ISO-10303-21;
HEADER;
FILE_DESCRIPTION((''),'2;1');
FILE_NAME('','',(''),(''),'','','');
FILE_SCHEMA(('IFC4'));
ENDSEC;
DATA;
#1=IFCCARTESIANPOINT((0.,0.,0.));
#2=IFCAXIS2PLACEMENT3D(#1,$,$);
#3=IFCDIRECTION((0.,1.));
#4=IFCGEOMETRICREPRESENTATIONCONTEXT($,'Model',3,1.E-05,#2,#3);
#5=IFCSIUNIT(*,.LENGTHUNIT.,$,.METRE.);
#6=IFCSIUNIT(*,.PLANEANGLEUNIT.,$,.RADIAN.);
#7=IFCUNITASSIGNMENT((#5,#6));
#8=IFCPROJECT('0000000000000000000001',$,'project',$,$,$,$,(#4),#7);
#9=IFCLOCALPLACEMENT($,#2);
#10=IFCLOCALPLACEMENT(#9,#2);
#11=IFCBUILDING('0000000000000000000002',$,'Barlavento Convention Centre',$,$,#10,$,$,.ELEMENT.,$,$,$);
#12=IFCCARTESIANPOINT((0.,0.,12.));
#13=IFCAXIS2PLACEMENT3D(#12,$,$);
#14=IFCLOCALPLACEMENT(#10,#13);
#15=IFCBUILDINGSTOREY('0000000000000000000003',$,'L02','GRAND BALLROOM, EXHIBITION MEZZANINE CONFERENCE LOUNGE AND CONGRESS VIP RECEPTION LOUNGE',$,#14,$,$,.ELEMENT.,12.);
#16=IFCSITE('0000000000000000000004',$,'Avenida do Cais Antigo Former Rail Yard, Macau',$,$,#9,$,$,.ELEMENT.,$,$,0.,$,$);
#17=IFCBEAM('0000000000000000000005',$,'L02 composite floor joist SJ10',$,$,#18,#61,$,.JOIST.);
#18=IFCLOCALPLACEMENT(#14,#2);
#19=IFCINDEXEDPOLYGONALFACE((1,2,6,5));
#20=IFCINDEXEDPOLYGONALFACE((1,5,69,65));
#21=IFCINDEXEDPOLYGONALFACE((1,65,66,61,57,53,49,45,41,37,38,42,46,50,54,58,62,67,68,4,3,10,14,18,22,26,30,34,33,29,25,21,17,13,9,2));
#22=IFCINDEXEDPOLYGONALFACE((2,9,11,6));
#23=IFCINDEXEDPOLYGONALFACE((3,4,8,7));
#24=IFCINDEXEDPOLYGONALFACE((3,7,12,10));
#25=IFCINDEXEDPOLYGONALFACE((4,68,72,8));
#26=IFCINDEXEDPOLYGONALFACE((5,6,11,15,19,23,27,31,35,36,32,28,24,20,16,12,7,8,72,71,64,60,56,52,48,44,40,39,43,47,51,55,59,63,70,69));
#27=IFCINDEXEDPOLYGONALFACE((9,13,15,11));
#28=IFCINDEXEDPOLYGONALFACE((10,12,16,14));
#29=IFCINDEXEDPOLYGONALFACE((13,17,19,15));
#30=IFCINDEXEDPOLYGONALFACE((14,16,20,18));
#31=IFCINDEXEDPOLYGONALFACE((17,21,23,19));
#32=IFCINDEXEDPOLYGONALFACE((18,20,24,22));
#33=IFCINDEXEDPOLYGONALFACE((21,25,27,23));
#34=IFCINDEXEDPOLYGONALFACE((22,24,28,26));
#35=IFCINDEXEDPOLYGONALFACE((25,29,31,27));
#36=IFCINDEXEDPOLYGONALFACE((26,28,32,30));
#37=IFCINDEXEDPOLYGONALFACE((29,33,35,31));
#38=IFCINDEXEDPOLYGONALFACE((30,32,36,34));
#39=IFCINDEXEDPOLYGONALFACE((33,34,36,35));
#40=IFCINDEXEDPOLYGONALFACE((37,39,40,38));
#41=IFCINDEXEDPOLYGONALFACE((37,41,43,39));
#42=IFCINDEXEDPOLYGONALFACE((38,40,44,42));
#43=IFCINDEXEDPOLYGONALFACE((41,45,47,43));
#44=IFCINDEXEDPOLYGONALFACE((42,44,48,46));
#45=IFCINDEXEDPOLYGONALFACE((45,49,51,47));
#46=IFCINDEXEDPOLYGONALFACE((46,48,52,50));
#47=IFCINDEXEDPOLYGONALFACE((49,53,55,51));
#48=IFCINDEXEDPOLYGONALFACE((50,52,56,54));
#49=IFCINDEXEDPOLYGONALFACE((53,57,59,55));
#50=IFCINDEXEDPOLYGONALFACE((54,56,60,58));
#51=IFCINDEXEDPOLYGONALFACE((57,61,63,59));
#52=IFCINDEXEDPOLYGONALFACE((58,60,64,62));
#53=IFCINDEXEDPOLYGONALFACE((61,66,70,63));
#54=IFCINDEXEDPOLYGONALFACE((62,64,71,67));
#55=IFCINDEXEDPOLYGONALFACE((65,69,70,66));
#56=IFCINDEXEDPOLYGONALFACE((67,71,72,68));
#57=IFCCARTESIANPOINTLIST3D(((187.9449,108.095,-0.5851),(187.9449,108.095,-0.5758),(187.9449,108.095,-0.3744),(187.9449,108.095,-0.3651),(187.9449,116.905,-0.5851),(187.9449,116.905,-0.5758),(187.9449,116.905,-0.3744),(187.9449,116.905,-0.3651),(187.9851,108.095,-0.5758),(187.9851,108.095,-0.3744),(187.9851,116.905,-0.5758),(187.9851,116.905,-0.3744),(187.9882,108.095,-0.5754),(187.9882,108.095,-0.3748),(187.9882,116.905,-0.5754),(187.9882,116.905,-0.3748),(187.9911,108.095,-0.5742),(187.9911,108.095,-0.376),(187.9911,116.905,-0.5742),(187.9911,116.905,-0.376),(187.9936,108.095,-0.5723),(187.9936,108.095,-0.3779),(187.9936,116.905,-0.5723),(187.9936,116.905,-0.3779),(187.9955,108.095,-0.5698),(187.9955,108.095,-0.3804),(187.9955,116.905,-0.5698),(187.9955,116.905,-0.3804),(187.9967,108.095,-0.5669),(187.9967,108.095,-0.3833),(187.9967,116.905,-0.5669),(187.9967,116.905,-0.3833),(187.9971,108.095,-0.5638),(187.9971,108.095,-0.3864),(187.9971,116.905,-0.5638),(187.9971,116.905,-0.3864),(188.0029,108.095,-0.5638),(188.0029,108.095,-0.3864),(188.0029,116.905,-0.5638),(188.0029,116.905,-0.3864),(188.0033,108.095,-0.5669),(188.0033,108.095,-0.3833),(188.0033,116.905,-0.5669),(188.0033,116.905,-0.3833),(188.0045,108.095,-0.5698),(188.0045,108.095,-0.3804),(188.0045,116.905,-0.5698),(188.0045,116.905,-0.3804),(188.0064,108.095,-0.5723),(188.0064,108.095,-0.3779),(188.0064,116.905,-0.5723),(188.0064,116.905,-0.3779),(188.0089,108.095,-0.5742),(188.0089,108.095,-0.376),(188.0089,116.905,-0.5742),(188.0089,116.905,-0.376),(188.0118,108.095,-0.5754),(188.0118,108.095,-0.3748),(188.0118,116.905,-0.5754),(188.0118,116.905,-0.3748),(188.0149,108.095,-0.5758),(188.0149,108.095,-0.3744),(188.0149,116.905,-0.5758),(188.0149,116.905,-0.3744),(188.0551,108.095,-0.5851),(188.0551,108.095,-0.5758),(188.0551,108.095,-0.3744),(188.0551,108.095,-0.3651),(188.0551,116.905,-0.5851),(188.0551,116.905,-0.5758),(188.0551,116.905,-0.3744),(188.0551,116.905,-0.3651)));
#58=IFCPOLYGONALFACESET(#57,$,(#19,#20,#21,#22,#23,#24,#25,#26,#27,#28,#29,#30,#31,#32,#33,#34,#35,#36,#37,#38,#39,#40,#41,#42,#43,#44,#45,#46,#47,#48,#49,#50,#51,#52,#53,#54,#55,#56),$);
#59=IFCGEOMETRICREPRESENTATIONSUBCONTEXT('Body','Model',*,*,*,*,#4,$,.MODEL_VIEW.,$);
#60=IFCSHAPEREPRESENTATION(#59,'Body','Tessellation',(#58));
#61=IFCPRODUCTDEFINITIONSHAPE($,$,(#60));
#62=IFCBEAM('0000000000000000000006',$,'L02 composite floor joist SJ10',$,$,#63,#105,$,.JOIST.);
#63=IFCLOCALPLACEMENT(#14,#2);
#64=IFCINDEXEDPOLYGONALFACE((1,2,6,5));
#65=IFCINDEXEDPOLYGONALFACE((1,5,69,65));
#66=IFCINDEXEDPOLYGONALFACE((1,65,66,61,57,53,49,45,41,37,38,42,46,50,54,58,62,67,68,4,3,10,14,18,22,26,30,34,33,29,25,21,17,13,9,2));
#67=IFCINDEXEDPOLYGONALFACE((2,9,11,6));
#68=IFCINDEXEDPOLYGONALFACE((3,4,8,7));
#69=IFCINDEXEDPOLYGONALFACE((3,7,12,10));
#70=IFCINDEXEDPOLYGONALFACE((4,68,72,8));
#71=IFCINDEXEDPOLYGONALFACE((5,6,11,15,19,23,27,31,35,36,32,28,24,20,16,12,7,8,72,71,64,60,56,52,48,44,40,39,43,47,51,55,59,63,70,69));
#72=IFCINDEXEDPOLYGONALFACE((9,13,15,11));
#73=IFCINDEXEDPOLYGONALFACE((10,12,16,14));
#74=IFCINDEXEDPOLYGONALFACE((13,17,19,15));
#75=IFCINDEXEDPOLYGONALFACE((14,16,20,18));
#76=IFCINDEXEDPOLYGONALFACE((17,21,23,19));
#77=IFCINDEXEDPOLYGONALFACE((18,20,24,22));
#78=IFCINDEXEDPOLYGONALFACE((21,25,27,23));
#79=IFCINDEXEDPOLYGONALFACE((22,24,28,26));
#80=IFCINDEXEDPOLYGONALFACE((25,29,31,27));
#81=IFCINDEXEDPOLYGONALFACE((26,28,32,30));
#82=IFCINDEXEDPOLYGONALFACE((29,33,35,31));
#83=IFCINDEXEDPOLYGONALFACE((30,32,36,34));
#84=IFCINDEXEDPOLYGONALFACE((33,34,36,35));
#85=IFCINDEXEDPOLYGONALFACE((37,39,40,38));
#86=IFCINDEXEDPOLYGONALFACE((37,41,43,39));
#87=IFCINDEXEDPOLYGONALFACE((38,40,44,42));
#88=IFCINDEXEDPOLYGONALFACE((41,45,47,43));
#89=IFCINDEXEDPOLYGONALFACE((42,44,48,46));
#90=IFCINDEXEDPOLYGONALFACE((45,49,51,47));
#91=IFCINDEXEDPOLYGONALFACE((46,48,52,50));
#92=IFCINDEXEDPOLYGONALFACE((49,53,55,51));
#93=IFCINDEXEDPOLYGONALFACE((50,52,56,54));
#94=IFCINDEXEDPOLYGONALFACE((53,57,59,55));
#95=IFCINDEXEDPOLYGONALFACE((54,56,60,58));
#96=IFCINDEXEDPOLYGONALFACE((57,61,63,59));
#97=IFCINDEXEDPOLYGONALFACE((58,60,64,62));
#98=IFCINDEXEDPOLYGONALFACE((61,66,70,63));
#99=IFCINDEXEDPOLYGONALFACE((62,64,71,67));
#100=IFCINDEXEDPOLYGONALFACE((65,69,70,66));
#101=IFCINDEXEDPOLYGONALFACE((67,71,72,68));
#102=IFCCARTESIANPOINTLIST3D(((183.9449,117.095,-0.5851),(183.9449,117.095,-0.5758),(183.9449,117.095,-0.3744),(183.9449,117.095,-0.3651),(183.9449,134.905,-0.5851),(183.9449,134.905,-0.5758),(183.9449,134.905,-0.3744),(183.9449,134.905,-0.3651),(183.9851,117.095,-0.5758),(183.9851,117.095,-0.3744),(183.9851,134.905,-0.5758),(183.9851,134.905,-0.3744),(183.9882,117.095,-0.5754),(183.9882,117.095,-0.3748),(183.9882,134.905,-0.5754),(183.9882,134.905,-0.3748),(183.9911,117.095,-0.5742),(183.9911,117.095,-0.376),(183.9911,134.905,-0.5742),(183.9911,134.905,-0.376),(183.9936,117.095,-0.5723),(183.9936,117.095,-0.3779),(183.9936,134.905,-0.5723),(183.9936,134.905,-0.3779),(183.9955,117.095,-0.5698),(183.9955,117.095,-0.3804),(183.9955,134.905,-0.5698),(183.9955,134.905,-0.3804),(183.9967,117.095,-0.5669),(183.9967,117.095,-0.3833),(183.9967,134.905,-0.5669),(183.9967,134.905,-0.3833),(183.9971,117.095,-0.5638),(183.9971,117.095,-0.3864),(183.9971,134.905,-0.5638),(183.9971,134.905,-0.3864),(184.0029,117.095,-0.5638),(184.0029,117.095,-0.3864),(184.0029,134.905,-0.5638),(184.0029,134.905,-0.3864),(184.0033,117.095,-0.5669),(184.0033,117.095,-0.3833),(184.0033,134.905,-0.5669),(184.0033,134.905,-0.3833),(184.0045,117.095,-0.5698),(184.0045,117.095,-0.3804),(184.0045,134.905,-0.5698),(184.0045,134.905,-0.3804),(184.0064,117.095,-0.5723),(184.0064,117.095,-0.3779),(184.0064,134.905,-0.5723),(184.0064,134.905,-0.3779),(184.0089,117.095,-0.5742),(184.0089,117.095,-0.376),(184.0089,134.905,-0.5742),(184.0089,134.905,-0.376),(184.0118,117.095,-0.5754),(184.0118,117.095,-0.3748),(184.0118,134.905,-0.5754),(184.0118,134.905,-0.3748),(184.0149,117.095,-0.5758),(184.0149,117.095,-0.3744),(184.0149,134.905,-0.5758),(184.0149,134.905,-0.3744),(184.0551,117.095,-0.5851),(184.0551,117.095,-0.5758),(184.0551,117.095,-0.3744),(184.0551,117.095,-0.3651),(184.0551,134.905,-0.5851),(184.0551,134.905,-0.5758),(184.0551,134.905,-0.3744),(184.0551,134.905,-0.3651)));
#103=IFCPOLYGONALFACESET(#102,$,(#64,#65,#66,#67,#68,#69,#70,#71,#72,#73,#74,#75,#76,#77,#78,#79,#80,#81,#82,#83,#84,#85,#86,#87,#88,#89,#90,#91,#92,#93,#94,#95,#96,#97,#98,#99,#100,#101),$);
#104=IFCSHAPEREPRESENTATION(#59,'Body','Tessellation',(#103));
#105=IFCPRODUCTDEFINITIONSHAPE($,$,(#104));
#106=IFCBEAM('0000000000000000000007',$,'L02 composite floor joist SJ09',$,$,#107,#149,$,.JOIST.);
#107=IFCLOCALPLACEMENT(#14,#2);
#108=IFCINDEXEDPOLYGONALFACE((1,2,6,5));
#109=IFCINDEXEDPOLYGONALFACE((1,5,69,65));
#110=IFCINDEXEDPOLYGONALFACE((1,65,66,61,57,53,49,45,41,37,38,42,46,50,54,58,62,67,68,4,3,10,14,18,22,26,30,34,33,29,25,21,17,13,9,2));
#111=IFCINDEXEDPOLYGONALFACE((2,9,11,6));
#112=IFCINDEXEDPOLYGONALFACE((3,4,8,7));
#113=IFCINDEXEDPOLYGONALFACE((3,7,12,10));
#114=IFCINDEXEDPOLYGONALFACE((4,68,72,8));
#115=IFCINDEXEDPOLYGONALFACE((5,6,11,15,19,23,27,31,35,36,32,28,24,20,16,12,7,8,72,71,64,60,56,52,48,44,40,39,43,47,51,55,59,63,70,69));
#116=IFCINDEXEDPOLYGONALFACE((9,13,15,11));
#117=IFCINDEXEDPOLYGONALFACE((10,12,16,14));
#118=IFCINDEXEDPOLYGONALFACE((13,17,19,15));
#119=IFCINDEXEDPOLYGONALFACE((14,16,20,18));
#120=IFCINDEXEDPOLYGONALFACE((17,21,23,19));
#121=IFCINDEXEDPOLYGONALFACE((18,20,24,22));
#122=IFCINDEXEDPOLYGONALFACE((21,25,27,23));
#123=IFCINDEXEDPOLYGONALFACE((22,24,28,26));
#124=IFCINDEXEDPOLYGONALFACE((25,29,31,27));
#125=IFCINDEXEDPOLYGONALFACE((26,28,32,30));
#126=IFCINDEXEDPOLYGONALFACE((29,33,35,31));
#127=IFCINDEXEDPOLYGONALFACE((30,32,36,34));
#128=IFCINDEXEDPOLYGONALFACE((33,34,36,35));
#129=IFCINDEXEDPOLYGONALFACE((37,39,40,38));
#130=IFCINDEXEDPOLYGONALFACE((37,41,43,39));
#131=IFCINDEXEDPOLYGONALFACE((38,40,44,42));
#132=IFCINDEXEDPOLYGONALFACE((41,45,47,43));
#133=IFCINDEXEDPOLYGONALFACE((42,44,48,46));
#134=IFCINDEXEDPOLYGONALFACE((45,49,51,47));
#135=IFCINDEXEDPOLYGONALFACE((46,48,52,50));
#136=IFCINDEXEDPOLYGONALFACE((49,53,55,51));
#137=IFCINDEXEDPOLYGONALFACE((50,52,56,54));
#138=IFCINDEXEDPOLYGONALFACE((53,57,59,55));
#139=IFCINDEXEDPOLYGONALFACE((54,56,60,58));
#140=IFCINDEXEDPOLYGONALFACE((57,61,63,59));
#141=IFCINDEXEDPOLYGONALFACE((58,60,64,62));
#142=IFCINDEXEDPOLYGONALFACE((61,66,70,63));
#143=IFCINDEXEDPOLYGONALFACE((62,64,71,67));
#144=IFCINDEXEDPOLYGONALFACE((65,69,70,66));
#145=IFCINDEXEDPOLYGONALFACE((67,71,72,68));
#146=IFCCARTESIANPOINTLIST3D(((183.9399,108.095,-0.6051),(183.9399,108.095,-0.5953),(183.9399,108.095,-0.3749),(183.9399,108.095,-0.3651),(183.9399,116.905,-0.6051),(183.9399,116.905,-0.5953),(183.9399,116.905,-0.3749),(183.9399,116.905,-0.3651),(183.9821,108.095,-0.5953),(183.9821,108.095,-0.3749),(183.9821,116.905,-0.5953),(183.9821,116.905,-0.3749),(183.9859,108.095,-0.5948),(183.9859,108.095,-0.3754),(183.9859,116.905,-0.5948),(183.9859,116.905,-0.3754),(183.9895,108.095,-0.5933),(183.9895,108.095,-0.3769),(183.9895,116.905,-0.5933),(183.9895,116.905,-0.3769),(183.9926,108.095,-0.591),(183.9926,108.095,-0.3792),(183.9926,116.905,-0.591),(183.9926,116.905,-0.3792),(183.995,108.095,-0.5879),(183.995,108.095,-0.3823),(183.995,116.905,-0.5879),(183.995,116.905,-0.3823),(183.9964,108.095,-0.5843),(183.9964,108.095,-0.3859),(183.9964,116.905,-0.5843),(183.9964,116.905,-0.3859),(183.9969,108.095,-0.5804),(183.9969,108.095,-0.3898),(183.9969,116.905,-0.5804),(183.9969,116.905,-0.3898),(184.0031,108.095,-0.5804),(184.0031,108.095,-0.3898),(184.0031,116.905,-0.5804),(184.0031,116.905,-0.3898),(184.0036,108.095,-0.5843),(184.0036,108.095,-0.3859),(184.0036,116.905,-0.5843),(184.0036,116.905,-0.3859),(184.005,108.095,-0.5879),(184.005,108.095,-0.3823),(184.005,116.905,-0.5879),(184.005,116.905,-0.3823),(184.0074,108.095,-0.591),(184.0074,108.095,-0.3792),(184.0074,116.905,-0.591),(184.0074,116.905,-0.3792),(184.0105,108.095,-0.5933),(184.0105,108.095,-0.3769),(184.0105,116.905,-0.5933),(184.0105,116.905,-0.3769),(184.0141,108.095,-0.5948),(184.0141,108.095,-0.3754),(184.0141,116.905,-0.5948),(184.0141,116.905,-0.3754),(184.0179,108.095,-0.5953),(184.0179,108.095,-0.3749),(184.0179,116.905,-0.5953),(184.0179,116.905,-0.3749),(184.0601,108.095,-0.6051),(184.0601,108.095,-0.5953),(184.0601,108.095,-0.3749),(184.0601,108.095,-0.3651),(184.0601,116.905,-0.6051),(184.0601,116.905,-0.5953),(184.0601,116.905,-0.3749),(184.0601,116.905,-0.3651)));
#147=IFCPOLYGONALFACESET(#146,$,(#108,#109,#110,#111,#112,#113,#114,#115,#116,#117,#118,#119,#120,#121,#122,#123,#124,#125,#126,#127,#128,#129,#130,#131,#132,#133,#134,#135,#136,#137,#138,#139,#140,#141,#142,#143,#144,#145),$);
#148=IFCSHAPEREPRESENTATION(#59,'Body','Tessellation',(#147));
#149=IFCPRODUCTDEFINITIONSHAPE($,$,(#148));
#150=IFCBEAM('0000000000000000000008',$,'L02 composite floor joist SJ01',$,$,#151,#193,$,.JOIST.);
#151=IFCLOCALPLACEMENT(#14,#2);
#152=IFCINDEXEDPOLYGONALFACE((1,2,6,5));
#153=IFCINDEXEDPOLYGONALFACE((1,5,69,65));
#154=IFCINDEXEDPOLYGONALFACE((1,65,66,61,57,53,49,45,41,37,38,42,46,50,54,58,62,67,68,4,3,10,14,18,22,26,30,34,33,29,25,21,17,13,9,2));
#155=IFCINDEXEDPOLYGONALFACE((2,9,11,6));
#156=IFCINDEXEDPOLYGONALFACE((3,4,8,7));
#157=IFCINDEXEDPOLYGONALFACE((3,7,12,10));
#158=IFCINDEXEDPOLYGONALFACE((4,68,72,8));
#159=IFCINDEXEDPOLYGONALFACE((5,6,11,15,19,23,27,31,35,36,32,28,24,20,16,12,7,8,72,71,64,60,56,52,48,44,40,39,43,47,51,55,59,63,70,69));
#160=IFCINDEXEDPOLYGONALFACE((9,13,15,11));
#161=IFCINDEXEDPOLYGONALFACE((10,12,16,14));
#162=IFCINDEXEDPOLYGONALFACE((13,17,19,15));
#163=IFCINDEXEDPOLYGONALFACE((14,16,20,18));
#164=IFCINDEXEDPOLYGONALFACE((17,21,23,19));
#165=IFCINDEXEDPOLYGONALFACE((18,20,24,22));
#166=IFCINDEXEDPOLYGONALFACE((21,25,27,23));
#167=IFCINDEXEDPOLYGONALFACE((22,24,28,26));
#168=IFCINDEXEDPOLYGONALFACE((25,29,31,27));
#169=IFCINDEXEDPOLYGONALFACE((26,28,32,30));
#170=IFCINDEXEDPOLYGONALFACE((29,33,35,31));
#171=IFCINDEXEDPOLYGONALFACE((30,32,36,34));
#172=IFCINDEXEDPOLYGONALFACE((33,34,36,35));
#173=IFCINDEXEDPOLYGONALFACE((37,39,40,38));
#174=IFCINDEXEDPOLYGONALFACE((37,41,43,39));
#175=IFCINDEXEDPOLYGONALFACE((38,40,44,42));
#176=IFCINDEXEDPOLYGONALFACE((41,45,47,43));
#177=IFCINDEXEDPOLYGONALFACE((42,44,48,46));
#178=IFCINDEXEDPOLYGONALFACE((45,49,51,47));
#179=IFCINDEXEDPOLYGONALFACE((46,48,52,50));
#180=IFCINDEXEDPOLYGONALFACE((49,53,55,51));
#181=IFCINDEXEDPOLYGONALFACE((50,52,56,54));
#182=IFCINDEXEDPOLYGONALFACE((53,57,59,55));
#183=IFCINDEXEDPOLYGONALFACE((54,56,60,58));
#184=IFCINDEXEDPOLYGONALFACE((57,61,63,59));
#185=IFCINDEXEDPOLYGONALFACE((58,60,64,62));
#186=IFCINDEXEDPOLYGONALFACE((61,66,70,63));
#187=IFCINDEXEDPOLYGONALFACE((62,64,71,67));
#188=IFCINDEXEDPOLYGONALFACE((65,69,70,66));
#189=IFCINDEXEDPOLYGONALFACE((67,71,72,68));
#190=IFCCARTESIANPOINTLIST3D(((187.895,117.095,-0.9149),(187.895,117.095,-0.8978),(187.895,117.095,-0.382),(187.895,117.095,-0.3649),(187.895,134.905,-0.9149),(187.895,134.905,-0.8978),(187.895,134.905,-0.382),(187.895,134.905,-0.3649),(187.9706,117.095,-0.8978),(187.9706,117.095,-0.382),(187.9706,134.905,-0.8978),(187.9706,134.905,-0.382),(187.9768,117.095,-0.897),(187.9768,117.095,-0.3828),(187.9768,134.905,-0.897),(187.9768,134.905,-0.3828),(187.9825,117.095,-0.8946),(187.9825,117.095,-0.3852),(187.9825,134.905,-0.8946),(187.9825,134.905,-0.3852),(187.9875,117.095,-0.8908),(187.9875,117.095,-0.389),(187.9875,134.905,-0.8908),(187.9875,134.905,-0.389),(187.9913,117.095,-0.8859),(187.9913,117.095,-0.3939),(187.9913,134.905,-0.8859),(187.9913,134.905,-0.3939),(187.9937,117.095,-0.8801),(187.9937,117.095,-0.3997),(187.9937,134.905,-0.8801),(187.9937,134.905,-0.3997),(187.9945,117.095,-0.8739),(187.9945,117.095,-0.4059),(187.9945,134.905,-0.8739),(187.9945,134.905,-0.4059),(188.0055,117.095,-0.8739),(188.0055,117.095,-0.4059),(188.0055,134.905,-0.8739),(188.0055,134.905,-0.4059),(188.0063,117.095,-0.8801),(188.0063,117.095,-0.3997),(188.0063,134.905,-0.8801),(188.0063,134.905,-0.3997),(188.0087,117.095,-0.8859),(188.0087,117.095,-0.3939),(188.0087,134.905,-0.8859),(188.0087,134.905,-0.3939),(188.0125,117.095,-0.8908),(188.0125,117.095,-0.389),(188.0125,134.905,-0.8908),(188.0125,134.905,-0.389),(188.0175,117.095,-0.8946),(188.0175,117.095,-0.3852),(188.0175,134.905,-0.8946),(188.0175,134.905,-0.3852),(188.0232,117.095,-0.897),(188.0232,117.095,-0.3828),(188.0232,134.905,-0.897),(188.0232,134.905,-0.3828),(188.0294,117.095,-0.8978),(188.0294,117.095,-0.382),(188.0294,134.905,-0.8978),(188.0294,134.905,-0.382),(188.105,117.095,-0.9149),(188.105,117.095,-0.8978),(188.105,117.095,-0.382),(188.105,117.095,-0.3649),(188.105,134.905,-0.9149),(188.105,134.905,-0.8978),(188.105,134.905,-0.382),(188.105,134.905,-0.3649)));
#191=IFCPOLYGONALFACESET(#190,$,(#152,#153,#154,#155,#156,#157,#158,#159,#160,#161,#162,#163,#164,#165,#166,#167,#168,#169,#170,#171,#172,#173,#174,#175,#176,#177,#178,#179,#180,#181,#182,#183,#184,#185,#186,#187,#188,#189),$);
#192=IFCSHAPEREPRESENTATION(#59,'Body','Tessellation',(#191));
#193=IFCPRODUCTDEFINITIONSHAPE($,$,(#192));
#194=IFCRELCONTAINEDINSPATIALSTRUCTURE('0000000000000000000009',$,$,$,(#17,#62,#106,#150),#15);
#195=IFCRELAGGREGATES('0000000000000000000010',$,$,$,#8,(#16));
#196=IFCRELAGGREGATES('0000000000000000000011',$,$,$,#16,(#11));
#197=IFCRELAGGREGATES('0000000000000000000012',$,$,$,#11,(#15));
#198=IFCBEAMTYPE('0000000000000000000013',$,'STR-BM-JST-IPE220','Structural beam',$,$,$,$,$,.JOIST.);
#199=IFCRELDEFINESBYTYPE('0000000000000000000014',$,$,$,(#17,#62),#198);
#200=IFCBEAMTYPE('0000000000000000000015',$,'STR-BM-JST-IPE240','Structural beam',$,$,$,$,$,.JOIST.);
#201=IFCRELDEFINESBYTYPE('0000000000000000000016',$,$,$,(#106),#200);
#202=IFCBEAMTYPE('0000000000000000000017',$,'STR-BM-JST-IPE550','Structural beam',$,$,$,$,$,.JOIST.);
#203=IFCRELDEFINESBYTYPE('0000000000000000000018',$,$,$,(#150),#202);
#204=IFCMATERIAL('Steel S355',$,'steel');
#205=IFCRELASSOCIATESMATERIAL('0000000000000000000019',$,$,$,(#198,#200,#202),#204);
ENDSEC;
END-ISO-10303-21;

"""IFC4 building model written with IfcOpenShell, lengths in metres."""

from ifc_helpers import new_model, si_unit, direction, frame, origin, origin_2d, place, context, subcontext, project, spatial, i_section, extrude, material, material_profile, profile_set, type_object, element, save


model = new_model("IFC4")

# Units and contexts
model_context = context("Model", 3, precision=1e-05, world=origin(), true_north=direction((0.0, 1.0)))
body_context = subcontext(model_context, "Body", "Model", "MODEL_VIEW")
ifc_project = project(units=[si_unit("LENGTHUNIT", "METRE"), si_unit("PLANEANGLEUNIT", "RADIAN")], contexts=[model_context])

# Site, building, storey
site_placement = place(None, origin())
site = spatial("IfcSite", under=ifc_project, at=site_placement, Name="Avenida do Cais Antigo Former Rail Yard, Macau", CompositionType="ELEMENT", RefElevation=0.0)
building_placement = place(site_placement, origin())
building = spatial("IfcBuilding", under=site, at=building_placement, Name="Barlavento Convention Centre", CompositionType="ELEMENT")
storey_placement = place(building_placement, frame((0.0, 0.0, 12.0)))
storey = spatial("IfcBuildingStorey", under=building, at=storey_placement, Name="L02", Description="GRAND BALLROOM, EXHIBITION MEZZANINE CONFERENCE LOUNGE AND CONGRESS VIP RECEPTION LOUNGE", CompositionType="ELEMENT", Elevation=12.0)

# Beams
ifc_material_1 = material(Name="Steel S355", Category="steel")
ifc_material_profile_1 = material_profile(ifc_material_1, i_section(OverallWidth=0.1101, OverallDepth=0.22, WebThickness=0.0059, FlangeThickness=0.0093, FilletRadius=0.012, at=origin_2d()), Name="IPE 220")
ifc_profile_set_1 = profile_set([ifc_material_profile_1], Name="Steel S355")
beam_type_1 = type_object("IfcBeamType", Name="STR-BM-JST-IPE220", Description="Structural beam", PredefinedType="JOIST", material=ifc_profile_set_1)
beam_1_placement = place(storey_placement, frame((188.0, 108.095, -0.4751), z_axis=(0.0, 1.0, 0.0), x_axis=(-1.0, 0.0, 0.0)))
element("IfcBeam", 1, at=beam_1_placement, inside=storey, type_object=beam_type_1, Name="L02 composite floor joist SJ10", PredefinedType="JOIST", context=body_context, shape_type="SweptSolid", body=[
    extrude(i_section(OverallWidth=0.1101, OverallDepth=0.22, WebThickness=0.0059, FlangeThickness=0.0093, FilletRadius=0.012, at=origin_2d()), origin(), (0.0, 0.0, 1.0), 8.8101),
])
beam_2_placement = place(storey_placement, frame((184.0, 117.095, -0.4751), z_axis=(0.0, 1.0, 0.0), x_axis=(-1.0, 0.0, 0.0)))
element("IfcBeam", 2, at=beam_2_placement, inside=storey, type_object=beam_type_1, Name="L02 composite floor joist SJ10", PredefinedType="JOIST", context=body_context, shape_type="SweptSolid", body=[
    extrude(i_section(OverallWidth=0.1101, OverallDepth=0.22, WebThickness=0.0059, FlangeThickness=0.0093, FilletRadius=0.012, at=origin_2d()), origin(), (0.0, 0.0, 1.0), 17.8101),
])
ifc_material_profile_2 = material_profile(ifc_material_1, i_section(OverallWidth=0.1201, OverallDepth=0.24, WebThickness=0.0061, FlangeThickness=0.0098, FilletRadius=0.0149, at=origin_2d()), Name="IPE 240")
ifc_profile_set_2 = profile_set([ifc_material_profile_2], Name="Steel S355")
beam_type_2 = type_object("IfcBeamType", Name="STR-BM-JST-IPE240", Description="Structural beam", PredefinedType="JOIST", material=ifc_profile_set_2)
beam_3_placement = place(storey_placement, frame((184.0, 108.095, -0.4851), z_axis=(0.0, 1.0, 0.0), x_axis=(-1.0, 0.0, 0.0)))
element("IfcBeam", 3, at=beam_3_placement, inside=storey, type_object=beam_type_2, Name="L02 composite floor joist SJ09", PredefinedType="JOIST", context=body_context, shape_type="SweptSolid", body=[
    extrude(i_section(OverallWidth=0.1201, OverallDepth=0.24, WebThickness=0.0061, FlangeThickness=0.0098, FilletRadius=0.0149, at=origin_2d()), origin(), (0.0, 0.0, 1.0), 8.8101),
])
ifc_material_profile_3 = material_profile(ifc_material_1, i_section(OverallWidth=0.21, OverallDepth=0.55, WebThickness=0.011, FlangeThickness=0.0171, FilletRadius=0.0239, at=origin_2d()), Name="IPE 550")
ifc_profile_set_3 = profile_set([ifc_material_profile_3], Name="Steel S355")
beam_type_3 = type_object("IfcBeamType", Name="STR-BM-JST-IPE550", Description="Structural beam", PredefinedType="JOIST", material=ifc_profile_set_3)
beam_4_placement = place(storey_placement, frame((188.0, 117.095, -0.6399), z_axis=(0.0, 1.0, 0.0), x_axis=(-1.0, 0.0, 0.0)))
element("IfcBeam", 4, at=beam_4_placement, inside=storey, type_object=beam_type_3, Name="L02 composite floor joist SJ01", PredefinedType="JOIST", context=body_context, shape_type="SweptSolid", body=[
    extrude(i_section(OverallWidth=0.21, OverallDepth=0.55, WebThickness=0.011, FlangeThickness=0.0171, FilletRadius=0.0239, at=origin_2d()), origin(), (0.0, 0.0, 1.0), 17.8101),
])

save(model, "model.ifc")
